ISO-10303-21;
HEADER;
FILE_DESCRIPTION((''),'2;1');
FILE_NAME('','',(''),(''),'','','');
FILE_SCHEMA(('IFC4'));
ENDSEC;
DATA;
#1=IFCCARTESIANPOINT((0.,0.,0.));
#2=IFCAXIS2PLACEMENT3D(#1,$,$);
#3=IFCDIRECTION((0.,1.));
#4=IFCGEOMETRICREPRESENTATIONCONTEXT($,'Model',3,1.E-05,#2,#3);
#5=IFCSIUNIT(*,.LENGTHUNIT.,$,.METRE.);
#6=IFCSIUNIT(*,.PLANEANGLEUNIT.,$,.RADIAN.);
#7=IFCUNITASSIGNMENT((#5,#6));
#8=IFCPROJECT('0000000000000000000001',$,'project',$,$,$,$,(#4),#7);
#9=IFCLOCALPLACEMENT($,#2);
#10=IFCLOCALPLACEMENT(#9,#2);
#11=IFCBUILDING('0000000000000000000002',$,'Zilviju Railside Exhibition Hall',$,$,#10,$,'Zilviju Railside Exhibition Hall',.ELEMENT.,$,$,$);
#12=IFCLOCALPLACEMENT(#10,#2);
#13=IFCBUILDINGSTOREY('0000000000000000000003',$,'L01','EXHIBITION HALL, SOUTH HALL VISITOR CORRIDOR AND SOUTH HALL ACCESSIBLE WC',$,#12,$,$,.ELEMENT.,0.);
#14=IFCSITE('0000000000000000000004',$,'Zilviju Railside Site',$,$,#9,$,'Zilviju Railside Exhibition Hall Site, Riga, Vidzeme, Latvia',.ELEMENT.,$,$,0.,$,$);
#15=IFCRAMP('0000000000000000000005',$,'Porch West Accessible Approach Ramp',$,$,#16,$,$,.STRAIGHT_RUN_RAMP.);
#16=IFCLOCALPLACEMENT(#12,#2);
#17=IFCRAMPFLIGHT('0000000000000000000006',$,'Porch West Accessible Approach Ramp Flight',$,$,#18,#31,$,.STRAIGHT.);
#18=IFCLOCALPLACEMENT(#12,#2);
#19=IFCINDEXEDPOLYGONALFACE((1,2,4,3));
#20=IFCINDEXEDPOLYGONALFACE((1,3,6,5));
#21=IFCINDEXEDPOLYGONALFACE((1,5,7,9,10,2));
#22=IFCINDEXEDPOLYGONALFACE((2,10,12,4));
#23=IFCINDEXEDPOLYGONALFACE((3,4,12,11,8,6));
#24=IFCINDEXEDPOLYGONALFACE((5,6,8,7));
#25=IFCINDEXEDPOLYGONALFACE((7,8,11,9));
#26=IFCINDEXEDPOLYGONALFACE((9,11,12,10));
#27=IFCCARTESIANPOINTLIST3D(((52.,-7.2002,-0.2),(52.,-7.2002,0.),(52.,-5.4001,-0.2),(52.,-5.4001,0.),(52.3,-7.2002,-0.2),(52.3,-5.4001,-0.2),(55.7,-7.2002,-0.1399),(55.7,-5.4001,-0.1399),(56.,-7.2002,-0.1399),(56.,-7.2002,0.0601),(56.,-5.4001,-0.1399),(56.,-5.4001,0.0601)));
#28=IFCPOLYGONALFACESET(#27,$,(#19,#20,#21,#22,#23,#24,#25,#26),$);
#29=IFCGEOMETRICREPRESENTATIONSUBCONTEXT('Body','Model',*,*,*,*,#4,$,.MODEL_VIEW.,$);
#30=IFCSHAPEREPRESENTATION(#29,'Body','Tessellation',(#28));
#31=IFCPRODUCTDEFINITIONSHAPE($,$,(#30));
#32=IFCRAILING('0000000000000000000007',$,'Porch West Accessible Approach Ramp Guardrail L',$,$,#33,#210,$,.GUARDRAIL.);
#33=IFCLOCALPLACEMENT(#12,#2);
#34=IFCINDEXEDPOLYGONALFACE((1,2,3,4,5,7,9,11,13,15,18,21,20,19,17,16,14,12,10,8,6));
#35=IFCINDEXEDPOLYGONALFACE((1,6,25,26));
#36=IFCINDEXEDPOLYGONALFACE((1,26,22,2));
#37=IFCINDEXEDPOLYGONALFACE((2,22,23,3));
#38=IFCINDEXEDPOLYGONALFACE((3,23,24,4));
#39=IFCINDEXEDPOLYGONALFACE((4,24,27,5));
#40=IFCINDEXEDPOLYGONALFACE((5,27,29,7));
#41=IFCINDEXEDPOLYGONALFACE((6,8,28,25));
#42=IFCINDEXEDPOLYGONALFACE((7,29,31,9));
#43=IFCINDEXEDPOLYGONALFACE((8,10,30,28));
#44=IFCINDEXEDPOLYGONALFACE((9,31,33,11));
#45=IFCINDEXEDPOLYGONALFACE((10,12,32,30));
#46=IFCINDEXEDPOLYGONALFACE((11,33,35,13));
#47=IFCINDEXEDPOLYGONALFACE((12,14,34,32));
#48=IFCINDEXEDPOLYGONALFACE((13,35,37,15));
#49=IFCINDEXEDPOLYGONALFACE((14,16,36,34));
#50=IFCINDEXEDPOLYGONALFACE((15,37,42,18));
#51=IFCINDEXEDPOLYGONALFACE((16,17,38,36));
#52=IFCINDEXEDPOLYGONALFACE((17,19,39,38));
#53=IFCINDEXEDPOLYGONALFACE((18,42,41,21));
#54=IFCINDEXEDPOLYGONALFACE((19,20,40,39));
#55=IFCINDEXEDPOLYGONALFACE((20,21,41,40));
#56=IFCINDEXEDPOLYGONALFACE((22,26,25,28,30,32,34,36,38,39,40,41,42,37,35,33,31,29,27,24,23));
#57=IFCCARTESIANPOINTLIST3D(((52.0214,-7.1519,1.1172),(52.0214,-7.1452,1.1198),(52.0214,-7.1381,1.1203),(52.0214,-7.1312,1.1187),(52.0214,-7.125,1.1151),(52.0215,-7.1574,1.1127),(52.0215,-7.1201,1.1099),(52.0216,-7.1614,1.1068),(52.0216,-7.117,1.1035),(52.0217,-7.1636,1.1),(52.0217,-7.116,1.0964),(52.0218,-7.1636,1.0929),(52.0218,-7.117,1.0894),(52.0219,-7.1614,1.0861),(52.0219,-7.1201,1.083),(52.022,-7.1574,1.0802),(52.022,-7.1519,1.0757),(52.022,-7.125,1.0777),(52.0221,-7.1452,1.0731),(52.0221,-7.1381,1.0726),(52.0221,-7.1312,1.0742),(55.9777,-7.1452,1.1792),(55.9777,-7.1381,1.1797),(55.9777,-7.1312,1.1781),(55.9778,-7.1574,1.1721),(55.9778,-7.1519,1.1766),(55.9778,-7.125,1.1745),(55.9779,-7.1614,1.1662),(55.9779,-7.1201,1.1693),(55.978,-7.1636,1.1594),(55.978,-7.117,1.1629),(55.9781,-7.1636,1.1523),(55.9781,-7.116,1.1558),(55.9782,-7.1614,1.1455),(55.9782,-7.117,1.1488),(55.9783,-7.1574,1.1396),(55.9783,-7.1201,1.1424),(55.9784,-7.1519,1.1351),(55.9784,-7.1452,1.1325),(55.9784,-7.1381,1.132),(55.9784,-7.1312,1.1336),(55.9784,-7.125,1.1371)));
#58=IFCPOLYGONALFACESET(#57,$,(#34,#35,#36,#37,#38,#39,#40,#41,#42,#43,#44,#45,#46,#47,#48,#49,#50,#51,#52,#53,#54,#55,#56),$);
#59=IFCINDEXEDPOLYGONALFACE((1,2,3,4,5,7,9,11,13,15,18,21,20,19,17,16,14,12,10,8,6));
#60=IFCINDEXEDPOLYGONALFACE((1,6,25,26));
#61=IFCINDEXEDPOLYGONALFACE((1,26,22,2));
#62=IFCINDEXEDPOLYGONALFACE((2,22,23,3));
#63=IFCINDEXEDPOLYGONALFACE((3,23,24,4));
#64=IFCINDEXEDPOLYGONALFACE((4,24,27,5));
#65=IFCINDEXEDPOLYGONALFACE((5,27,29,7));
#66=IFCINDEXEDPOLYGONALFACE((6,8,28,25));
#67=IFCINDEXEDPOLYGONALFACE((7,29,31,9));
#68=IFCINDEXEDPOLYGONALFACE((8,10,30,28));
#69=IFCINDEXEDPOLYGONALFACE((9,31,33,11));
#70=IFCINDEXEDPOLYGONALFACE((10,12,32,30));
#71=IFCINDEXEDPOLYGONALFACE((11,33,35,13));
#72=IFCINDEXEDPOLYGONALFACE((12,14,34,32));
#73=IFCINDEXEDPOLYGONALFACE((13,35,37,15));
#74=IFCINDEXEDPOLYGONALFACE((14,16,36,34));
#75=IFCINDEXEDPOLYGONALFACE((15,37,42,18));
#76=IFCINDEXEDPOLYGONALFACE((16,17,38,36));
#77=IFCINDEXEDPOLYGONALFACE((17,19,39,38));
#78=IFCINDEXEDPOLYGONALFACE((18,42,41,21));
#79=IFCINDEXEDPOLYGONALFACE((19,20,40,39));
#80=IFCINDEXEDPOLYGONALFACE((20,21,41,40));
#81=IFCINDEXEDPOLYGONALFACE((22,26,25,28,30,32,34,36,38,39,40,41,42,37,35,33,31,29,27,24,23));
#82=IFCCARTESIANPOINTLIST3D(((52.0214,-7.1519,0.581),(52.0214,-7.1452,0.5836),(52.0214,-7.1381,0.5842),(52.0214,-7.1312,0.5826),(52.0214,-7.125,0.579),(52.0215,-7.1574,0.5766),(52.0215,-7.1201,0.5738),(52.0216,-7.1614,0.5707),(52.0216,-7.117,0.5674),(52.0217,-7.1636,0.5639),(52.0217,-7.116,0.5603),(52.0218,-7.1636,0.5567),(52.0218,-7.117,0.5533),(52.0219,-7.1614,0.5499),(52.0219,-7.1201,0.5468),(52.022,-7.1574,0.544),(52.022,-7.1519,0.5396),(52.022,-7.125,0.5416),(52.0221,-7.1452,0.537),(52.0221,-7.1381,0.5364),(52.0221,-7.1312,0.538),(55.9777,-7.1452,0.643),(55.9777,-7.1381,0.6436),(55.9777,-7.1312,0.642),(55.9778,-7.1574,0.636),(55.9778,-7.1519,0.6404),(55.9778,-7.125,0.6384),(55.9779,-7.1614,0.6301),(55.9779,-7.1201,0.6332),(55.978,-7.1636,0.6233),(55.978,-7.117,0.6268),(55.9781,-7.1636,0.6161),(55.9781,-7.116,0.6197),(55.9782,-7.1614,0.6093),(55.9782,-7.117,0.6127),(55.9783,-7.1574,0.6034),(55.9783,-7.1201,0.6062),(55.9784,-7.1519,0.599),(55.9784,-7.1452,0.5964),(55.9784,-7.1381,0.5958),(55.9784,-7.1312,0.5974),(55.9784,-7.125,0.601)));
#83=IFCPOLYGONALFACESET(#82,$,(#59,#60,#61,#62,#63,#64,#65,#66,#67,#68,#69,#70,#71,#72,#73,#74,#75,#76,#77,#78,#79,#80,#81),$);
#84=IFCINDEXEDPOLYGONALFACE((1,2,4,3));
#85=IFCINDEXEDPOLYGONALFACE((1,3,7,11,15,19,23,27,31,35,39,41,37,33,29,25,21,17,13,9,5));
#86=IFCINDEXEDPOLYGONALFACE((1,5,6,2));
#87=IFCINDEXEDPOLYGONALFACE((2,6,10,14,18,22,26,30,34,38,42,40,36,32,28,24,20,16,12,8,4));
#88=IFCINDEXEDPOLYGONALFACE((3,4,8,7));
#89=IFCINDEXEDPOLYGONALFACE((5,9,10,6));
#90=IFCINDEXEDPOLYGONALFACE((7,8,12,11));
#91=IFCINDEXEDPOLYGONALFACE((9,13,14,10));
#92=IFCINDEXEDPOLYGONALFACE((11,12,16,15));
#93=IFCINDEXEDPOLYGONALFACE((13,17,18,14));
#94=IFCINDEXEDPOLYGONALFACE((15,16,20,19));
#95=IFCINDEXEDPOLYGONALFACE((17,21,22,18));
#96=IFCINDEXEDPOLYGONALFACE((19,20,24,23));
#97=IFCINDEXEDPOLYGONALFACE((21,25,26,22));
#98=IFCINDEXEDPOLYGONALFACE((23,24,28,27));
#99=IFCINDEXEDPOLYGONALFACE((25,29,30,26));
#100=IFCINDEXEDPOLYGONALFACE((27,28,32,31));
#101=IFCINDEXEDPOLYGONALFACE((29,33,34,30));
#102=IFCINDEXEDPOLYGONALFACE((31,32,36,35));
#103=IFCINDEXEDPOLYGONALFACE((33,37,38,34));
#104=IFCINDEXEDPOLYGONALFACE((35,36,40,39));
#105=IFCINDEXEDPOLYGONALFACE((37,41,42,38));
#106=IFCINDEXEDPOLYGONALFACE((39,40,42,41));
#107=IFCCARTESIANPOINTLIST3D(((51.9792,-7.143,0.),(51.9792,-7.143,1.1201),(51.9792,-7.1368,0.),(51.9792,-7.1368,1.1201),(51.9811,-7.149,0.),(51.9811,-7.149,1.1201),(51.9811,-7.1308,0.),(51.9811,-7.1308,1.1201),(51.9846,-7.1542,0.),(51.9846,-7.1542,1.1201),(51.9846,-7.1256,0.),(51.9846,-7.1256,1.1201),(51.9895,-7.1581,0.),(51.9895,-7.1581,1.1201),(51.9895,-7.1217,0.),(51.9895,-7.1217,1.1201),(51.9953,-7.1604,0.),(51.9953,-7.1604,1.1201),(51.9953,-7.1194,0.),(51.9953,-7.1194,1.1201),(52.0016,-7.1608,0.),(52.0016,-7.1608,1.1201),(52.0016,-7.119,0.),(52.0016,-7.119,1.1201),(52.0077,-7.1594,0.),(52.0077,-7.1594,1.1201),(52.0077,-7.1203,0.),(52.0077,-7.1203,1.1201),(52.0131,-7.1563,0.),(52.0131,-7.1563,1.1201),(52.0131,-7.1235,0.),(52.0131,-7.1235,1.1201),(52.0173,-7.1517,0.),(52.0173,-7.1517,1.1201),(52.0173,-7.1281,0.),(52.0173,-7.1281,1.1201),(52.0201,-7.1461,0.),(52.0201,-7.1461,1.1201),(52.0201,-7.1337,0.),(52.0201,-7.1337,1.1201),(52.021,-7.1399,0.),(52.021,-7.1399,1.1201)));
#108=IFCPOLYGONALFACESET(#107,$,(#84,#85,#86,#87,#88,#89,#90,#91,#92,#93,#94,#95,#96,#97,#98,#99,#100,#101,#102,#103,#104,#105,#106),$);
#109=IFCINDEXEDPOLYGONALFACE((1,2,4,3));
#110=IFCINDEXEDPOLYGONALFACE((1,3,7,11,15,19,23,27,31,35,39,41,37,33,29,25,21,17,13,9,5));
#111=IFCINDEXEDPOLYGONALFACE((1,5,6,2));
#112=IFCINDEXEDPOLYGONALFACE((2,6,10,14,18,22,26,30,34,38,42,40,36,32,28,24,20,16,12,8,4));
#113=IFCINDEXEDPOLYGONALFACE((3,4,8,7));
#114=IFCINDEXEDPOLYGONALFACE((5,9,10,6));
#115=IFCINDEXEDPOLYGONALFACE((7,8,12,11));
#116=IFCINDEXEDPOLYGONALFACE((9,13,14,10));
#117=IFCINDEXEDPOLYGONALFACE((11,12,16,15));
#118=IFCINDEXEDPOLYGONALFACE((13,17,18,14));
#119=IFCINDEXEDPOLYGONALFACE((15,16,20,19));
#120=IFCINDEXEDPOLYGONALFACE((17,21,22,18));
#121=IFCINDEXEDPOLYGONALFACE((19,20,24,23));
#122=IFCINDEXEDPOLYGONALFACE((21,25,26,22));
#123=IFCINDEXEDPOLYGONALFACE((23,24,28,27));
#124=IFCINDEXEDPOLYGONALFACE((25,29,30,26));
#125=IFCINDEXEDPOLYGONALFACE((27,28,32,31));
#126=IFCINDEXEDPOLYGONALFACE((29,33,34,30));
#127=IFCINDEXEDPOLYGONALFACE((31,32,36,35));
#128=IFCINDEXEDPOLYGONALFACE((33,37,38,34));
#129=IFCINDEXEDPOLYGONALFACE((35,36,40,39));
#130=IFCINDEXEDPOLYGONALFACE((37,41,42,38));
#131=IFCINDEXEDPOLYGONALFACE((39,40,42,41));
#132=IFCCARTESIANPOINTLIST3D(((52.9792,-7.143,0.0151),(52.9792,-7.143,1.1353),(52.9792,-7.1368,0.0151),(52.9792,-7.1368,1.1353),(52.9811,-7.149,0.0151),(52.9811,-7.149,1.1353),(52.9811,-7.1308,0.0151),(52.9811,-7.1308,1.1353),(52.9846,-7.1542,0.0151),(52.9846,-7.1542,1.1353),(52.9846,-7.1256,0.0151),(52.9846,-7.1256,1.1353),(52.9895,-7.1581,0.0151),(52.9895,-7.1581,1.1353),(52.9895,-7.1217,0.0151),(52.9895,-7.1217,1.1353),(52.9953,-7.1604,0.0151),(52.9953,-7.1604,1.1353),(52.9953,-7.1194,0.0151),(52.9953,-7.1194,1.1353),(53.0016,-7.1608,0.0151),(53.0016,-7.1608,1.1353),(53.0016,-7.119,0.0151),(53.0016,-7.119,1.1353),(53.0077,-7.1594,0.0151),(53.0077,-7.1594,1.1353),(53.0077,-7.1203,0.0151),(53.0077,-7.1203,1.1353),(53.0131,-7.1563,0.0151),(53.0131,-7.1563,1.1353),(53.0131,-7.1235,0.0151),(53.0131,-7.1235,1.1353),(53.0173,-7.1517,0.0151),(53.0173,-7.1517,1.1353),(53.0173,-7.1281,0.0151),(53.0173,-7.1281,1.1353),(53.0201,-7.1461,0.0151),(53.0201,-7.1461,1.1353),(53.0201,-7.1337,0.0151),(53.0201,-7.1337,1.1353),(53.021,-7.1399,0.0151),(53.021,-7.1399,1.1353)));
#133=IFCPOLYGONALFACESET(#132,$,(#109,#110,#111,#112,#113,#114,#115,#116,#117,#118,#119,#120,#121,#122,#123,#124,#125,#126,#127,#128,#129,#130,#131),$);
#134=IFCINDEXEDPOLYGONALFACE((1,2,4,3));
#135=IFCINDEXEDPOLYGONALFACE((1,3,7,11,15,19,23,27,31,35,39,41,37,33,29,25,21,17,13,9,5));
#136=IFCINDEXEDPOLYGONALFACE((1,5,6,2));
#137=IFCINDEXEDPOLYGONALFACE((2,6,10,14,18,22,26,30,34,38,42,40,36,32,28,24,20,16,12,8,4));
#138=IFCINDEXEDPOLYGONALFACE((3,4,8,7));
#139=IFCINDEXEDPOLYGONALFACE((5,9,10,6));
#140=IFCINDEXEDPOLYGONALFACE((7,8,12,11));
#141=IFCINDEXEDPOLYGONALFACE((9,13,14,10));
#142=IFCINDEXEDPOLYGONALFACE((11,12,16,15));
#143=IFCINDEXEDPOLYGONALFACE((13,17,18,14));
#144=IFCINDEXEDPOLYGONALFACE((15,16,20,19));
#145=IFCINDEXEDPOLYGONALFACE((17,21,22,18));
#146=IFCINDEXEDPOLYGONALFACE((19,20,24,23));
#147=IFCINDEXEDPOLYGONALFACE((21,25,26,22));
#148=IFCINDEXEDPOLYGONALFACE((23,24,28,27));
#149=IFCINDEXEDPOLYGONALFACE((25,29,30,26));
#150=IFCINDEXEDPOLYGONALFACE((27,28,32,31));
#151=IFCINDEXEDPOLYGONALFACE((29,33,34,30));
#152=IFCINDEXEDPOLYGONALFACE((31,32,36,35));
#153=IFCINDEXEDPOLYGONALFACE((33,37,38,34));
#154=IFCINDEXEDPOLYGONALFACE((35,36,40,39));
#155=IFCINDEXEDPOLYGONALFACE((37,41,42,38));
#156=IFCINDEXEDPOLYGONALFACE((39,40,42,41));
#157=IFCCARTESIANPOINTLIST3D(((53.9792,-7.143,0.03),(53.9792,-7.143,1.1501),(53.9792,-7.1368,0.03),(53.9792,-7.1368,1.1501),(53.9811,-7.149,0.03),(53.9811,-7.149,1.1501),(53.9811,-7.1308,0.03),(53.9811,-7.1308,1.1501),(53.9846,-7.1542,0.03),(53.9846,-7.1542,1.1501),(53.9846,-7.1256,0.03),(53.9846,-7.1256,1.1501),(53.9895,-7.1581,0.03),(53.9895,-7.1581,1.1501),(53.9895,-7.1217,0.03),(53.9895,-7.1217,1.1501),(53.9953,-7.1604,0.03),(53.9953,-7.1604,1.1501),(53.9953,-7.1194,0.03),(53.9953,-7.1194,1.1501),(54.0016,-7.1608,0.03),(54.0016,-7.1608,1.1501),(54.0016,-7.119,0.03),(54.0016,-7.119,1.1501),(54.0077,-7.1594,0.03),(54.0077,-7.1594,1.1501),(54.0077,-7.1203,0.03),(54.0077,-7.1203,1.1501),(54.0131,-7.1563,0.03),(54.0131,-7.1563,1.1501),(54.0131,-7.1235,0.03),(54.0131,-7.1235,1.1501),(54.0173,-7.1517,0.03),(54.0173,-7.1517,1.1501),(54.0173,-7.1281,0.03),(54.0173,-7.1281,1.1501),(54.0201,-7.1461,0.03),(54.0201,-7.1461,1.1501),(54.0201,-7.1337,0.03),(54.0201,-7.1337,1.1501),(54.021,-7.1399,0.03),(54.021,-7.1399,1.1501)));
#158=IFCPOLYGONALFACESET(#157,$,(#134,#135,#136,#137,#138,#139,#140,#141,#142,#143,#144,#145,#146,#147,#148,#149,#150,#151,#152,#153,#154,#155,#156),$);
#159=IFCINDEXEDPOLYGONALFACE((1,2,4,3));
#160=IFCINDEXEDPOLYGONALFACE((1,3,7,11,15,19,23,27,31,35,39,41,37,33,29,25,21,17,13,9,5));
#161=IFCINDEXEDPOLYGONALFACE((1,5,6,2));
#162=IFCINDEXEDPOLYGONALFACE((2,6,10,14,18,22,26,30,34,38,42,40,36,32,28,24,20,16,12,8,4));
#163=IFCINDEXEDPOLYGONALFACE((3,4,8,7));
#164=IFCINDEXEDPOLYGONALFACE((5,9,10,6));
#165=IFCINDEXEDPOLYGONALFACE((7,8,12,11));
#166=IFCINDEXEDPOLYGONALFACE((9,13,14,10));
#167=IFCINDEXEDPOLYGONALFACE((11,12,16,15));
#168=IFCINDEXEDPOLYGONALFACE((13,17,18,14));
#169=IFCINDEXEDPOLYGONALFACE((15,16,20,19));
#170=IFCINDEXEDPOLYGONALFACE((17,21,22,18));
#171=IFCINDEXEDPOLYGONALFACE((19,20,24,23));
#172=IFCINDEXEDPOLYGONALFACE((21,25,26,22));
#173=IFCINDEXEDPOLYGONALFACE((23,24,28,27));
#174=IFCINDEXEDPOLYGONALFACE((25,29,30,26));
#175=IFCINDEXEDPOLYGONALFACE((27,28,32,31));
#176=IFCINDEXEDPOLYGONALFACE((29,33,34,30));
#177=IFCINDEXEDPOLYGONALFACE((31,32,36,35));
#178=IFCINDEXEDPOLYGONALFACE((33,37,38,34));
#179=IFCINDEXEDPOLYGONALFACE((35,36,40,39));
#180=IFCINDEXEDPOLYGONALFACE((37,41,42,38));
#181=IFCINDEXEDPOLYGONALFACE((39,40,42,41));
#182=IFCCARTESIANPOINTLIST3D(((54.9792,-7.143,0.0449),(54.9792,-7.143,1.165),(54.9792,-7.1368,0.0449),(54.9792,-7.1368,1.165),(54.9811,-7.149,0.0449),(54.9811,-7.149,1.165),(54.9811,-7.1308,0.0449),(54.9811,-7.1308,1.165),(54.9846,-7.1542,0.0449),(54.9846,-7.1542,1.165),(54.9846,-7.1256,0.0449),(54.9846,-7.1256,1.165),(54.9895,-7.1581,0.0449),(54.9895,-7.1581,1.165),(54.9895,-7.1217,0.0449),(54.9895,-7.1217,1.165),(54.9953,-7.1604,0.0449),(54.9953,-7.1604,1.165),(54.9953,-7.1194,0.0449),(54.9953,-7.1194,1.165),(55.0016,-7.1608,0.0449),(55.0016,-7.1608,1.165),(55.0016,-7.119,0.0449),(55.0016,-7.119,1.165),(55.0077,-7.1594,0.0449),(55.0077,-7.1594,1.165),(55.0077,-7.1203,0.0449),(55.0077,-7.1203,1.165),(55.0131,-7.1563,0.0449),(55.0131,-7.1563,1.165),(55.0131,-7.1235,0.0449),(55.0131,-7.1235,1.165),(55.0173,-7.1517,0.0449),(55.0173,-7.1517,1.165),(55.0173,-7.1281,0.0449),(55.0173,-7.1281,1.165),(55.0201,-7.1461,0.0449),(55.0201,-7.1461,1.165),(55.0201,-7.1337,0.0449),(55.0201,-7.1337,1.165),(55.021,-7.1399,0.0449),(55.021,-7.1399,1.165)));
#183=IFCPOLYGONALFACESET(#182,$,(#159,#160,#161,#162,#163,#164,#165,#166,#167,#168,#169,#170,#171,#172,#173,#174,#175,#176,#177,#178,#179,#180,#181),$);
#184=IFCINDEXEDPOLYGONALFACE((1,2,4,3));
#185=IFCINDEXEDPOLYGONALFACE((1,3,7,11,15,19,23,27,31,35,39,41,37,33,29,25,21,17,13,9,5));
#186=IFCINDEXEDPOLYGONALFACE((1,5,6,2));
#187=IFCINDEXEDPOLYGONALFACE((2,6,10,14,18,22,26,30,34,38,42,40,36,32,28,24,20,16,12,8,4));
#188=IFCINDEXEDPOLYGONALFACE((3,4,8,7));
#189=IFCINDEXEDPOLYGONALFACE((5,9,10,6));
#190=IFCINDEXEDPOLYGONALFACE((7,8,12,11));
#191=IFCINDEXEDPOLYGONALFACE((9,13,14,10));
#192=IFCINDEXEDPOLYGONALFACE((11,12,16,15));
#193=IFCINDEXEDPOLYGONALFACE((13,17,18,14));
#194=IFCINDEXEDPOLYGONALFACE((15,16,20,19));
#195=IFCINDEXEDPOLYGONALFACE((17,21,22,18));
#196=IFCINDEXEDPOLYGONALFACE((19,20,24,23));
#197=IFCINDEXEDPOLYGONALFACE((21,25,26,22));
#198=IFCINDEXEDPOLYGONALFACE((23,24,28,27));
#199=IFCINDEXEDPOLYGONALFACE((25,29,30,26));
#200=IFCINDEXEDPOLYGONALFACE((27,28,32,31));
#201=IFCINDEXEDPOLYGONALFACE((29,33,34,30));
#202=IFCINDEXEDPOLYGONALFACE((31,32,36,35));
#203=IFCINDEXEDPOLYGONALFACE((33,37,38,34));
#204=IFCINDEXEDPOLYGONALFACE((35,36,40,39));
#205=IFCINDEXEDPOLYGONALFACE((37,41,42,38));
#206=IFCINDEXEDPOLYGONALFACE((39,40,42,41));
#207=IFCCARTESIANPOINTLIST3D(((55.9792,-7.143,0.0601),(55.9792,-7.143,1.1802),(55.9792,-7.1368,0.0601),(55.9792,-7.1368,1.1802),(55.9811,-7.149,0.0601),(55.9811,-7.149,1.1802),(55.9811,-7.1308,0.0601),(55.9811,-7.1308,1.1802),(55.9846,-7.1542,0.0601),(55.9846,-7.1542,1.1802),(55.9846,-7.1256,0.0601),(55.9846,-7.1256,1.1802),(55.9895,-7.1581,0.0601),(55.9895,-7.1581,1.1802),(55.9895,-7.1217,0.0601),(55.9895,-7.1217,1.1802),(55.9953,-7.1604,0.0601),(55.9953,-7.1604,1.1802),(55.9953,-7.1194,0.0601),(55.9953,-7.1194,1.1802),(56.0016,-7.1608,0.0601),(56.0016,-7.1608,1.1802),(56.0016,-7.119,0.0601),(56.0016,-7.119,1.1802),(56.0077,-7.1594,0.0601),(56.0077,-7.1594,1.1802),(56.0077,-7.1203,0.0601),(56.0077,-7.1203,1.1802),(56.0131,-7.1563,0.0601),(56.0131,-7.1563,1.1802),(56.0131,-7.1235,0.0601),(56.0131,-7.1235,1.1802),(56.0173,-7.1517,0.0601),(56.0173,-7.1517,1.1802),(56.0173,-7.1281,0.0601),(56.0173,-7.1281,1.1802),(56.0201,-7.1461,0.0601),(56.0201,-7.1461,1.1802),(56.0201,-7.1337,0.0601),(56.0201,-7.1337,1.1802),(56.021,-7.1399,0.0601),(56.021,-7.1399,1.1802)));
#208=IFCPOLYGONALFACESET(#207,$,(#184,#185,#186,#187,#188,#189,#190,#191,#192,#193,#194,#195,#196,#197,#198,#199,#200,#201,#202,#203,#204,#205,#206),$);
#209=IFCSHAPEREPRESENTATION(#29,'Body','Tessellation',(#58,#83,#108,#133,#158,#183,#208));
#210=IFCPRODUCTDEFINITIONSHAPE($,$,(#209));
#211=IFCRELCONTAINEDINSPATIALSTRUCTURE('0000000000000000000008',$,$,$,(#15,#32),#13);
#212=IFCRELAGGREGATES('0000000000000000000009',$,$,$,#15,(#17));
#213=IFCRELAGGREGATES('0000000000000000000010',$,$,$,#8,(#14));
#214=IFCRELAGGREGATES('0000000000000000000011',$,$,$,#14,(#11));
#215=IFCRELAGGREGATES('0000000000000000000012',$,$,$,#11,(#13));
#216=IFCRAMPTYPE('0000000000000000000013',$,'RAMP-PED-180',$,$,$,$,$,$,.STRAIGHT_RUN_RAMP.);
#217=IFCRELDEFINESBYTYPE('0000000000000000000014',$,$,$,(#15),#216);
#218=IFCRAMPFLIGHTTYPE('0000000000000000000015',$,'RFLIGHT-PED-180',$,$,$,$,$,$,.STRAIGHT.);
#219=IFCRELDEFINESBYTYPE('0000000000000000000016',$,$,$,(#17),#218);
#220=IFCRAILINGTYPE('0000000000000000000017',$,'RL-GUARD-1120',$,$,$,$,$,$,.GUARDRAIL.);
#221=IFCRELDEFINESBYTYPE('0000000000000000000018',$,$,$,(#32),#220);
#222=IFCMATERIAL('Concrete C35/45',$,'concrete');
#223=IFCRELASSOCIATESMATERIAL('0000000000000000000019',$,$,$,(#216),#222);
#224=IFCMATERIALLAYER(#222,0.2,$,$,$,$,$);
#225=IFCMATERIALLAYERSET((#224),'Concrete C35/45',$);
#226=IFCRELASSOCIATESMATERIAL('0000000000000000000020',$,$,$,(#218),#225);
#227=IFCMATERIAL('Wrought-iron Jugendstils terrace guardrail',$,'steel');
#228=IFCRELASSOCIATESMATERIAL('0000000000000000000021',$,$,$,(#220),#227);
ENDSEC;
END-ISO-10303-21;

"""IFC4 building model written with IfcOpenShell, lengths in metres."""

from ifc_helpers import new_model, si_unit, direction, frame, origin, origin_2d, place, context, subcontext, project, spatial, polyline, circle, outline, extrude, material, layer, layer_set, type_object, element, aggregate, save


model = new_model("IFC4")

# Units and contexts
model_context = context("Model", 3, precision=1e-05, world=origin(), true_north=direction((0.0, 1.0)))
body_context = subcontext(model_context, "Body", "Model", "MODEL_VIEW")
ifc_project = project(units=[si_unit("LENGTHUNIT", "METRE"), si_unit("PLANEANGLEUNIT", "RADIAN")], contexts=[model_context])

# Site, building, storey
site_placement = place(None, origin())
site = spatial("IfcSite", under=ifc_project, at=site_placement, Name="Zilviju Railside Site", LongName="Zilviju Railside Exhibition Hall Site, Riga, Vidzeme, Latvia", CompositionType="ELEMENT", RefElevation=0.0)
building_placement = place(site_placement, origin())
building = spatial("IfcBuilding", under=site, at=building_placement, Name="Zilviju Railside Exhibition Hall", LongName="Zilviju Railside Exhibition Hall", CompositionType="ELEMENT")
storey_placement = place(building_placement, origin())
storey = spatial("IfcBuildingStorey", under=building, at=storey_placement, Name="L01", Description="EXHIBITION HALL, SOUTH HALL VISITOR CORRIDOR AND SOUTH HALL ACCESSIBLE WC", CompositionType="ELEMENT", Elevation=0.0)

# Shared definitions
ifc_material_1 = material(Name="Concrete C35/45", Category="concrete")

# Ramp, ramp flight
ramp_type = type_object("IfcRampType", Name="RAMP-PED-180", PredefinedType="STRAIGHT_RUN_RAMP", material=ifc_material_1)
ramp_placement = place(storey_placement, origin())
ramp = element("IfcRamp", 1, at=ramp_placement, inside=storey, type_object=ramp_type, Name="Porch West Accessible Approach Ramp", PredefinedType="STRAIGHT_RUN_RAMP")
ifc_layer_1 = layer(ifc_material_1, 0.2)
ifc_layer_set_1 = layer_set([ifc_layer_1], Name="Concrete C35/45")
ramp_flight_type = type_object("IfcRampFlightType", Name="RFLIGHT-PED-180", PredefinedType="STRAIGHT", material=ifc_layer_set_1)
ramp_flight_placement = place(storey_placement, frame((52.0, -6.3, 0.0), z_axis=(0.0, 0.0, 1.0), x_axis=(1.0, 0.0, 0.0)))
ramp_flight = element("IfcRampFlight", 2, at=ramp_flight_placement, type_object=ramp_flight_type, Name="Porch West Accessible Approach Ramp Flight", PredefinedType="STRAIGHT", context=body_context, shape_type="SweptSolid", body=[
    extrude(outline(polyline([(0.0, -0.2), (0.0, 0.0), (4.0, 0.0601), (4.0, -0.1399), (3.7, -0.1399), (0.3, -0.2), (0.0, -0.2)])), frame((0.0, 0.8999, 0.0), z_axis=(0.0, -1.0, 0.0), x_axis=(1.0, 0.0, 0.0)), (0.0, 0.0, 1.0), 1.8),
])
aggregate(ramp, [ramp_flight])

# Railing
ifc_material_2 = material(Name="Wrought-iron Jugendstils terrace guardrail", Category="steel")
railing_type = type_object("IfcRailingType", Name="RL-GUARD-1120", PredefinedType="GUARDRAIL", material=ifc_material_2)
for number, where, name in (
    (3, (52.0, -7.1399, 0.0), "Porch West Accessible Approach Ramp Guardrail L"),
):
    element("IfcRailing", number, at=place(storey_placement, frame(where)), inside=storey, type_object=railing_type, Name=name, PredefinedType="GUARDRAIL", context=body_context, shape_type="SweptSolid", body=[
        extrude(circle(Radius=0.0239, at=origin_2d()), frame((0.0217, 0.0, 1.0964), z_axis=(0.999887, 0.0, 0.015013), x_axis=(0.0, 1.0, 0.0)), (0.0, 0.0, 1.0), 3.9568),
        extrude(circle(Radius=0.0239, at=origin_2d()), frame((0.0217, 0.0, 0.5603), z_axis=(0.999887, 0.0, 0.015013), x_axis=(0.0, 1.0, 0.0)), (0.0, 0.0, 1.0), 3.9568),
        extrude(circle(Radius=0.021, at=origin_2d()), origin(), (0.0, 0.0, 1.0), 1.1201),
        extrude(circle(Radius=0.021, at=origin_2d()), frame((1.0, 0.0, 0.0151)), (0.0, 0.0, 1.0), 1.1201),
        extrude(circle(Radius=0.021, at=origin_2d()), frame((2.0, 0.0, 0.03)), (0.0, 0.0, 1.0), 1.1201),
        extrude(circle(Radius=0.021, at=origin_2d()), frame((3.0, 0.0, 0.0449)), (0.0, 0.0, 1.0), 1.1201),
        extrude(circle(Radius=0.021, at=origin_2d()), frame((4.0, 0.0, 0.0601)), (0.0, 0.0, 1.0), 1.1201),
    ])

save(model, "model.ifc")
